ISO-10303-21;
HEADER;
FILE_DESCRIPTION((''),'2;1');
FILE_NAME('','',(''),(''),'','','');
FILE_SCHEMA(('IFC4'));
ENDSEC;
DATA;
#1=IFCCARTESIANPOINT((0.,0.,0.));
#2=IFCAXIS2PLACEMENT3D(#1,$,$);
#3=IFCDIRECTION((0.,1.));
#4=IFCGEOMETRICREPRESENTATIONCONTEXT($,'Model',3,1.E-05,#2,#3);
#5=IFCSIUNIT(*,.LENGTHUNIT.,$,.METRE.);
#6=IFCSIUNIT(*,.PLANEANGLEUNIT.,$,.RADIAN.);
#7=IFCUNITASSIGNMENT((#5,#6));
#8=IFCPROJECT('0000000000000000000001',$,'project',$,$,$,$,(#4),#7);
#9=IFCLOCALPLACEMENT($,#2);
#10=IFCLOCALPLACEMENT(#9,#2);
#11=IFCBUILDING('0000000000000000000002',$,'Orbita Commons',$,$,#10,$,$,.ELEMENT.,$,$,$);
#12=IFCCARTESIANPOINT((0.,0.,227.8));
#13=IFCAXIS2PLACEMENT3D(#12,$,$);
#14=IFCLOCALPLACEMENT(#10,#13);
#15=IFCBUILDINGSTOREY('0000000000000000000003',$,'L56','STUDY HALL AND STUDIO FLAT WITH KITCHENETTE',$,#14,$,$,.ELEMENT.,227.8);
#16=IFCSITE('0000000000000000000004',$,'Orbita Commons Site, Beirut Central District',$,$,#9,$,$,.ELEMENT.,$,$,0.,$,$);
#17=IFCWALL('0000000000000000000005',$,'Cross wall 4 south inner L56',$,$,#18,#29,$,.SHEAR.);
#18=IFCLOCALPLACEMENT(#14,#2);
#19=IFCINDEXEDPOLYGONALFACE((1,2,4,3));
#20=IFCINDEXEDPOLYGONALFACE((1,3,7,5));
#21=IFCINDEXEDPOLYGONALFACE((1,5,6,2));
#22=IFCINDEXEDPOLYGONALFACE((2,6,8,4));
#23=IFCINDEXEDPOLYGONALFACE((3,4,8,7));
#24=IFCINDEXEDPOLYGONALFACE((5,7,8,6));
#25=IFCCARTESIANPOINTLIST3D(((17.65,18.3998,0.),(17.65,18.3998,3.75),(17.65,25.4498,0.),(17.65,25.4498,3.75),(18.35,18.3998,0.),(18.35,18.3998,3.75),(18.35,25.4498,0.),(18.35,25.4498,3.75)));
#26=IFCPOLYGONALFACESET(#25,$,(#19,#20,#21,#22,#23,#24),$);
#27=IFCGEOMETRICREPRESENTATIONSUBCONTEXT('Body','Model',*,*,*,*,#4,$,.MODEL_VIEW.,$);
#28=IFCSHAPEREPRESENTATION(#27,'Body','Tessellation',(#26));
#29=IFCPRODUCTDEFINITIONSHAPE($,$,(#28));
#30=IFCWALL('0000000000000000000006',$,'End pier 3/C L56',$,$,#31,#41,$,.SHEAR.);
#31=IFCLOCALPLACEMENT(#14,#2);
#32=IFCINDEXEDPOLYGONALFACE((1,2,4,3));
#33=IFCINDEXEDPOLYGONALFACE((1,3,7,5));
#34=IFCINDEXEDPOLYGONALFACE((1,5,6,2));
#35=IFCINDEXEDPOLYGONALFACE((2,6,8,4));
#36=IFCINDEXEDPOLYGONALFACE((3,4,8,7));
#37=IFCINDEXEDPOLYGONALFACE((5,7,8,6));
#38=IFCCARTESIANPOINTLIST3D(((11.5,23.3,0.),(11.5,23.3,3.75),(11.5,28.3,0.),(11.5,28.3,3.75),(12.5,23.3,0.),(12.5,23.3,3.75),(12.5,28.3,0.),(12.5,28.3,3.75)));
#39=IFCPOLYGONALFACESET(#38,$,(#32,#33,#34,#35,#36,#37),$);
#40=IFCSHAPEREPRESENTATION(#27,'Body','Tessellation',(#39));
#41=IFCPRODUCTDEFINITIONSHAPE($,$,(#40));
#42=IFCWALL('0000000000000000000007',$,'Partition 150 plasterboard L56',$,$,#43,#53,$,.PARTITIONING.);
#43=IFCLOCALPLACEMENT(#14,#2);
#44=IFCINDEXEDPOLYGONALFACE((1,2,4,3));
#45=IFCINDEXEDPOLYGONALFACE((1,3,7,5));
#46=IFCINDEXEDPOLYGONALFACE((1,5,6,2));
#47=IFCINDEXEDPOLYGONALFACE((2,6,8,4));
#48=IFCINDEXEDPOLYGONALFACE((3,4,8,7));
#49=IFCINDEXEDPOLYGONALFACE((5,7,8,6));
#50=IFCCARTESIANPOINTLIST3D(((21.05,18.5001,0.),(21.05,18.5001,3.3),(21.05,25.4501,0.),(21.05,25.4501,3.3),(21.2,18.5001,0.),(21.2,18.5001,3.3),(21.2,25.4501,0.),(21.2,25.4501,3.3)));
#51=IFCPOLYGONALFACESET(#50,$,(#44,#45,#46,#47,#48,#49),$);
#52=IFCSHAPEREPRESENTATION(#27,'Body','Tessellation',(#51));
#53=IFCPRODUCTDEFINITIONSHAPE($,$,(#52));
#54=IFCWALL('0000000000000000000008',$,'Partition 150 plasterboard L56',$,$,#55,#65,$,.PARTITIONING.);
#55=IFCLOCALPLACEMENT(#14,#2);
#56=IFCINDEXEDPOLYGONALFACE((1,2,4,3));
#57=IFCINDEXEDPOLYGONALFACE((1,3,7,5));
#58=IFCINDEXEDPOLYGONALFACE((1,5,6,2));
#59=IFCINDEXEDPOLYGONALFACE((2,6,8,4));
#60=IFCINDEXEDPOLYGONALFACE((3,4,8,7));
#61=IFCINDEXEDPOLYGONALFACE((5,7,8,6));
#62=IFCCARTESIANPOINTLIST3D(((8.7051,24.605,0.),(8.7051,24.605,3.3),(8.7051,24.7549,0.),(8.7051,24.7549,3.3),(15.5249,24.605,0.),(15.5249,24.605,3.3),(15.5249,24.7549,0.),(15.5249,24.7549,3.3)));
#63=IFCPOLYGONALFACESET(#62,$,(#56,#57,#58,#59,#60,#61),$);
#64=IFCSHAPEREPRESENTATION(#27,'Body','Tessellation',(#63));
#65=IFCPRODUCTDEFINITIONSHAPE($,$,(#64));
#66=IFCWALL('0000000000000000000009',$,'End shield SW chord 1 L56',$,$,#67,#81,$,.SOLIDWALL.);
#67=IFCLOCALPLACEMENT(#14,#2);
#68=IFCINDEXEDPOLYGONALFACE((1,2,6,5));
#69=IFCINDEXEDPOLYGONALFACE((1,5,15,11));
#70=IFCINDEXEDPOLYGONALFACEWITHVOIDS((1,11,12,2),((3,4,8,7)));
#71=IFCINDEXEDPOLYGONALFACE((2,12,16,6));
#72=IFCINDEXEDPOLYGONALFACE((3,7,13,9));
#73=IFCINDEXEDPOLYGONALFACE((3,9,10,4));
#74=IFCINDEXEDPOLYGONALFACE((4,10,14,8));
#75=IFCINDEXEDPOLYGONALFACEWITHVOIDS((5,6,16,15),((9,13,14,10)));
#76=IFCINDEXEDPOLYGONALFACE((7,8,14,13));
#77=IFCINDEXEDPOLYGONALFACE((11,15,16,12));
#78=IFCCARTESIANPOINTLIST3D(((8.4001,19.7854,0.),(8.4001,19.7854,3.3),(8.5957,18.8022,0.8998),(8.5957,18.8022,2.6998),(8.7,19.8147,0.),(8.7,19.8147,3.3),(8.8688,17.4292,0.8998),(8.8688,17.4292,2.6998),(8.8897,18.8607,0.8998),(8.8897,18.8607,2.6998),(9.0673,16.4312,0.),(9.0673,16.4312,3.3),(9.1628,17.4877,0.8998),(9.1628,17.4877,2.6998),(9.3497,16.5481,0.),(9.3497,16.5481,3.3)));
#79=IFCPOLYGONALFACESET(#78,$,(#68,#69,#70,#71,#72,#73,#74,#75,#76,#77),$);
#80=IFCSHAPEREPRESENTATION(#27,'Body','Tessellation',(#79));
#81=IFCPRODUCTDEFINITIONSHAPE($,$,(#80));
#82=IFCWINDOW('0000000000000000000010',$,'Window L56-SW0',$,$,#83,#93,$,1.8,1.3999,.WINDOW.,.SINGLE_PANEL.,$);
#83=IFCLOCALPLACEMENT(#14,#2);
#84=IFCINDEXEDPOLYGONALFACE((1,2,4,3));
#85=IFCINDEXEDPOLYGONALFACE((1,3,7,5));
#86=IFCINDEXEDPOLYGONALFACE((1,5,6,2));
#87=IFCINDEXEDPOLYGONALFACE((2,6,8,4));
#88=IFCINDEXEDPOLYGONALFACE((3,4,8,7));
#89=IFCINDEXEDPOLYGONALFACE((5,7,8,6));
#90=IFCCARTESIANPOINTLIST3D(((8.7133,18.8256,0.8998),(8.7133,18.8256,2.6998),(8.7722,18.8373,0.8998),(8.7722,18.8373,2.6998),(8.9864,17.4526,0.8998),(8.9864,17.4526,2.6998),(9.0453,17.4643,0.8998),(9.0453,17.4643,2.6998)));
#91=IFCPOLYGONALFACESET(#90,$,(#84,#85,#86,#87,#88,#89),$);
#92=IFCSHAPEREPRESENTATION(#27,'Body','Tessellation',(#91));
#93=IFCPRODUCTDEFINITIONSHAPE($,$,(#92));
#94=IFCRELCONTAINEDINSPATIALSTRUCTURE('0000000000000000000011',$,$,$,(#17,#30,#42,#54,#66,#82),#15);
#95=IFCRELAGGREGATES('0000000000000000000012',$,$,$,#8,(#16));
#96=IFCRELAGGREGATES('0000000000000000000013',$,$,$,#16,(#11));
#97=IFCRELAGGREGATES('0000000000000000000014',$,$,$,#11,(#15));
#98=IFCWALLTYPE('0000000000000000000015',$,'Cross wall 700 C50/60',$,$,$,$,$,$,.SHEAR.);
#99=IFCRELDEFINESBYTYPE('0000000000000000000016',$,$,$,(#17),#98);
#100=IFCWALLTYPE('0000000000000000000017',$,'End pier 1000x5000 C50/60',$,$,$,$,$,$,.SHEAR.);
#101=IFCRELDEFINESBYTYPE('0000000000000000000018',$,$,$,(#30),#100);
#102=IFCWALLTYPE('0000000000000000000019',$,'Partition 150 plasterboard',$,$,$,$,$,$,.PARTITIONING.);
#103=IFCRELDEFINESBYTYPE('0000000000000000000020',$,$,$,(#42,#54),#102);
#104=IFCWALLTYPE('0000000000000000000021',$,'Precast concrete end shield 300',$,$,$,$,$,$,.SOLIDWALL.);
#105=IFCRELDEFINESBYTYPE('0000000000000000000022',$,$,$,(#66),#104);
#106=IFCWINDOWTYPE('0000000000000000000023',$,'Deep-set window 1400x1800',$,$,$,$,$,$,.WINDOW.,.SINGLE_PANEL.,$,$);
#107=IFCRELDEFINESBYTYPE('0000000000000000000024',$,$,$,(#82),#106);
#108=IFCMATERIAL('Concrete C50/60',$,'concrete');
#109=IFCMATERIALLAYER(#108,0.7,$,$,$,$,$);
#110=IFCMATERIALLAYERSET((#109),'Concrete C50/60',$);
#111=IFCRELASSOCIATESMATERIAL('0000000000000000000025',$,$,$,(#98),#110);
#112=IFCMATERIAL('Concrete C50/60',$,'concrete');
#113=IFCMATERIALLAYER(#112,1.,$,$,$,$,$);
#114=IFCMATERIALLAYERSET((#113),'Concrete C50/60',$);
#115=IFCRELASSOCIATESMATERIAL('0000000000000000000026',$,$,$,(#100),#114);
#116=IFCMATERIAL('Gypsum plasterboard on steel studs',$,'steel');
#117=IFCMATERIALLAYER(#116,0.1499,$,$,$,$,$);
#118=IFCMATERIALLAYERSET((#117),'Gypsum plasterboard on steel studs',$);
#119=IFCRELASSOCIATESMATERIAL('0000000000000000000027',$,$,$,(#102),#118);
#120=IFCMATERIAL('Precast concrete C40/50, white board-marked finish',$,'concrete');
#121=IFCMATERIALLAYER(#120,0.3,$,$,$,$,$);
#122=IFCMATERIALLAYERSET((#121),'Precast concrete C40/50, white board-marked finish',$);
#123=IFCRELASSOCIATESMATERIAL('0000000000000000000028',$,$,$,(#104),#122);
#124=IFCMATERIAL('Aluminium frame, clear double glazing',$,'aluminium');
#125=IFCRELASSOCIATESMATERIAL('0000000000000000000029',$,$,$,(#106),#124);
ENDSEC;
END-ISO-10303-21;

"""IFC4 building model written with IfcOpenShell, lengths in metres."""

from ifc_helpers import new_model, si_unit, direction, frame, frame_2d, origin, place, context, subcontext, project, spatial, polyline, rectangle, outline, extrude, material, layer, layer_set, type_object, element, fill, save


model = new_model("IFC4")

# Units and contexts
model_context = context("Model", 3, precision=1e-05, world=origin(), true_north=direction((0.0, 1.0)))
body_context = subcontext(model_context, "Body", "Model", "MODEL_VIEW")
ifc_project = project(units=[si_unit("LENGTHUNIT", "METRE"), si_unit("PLANEANGLEUNIT", "RADIAN")], contexts=[model_context])

# Site, building, storey
site_placement = place(None, origin())
site = spatial("IfcSite", under=ifc_project, at=site_placement, Name="Orbita Commons Site, Beirut Central District", CompositionType="ELEMENT", RefElevation=0.0)
building_placement = place(site_placement, origin())
building = spatial("IfcBuilding", under=site, at=building_placement, Name="Orbita Commons", CompositionType="ELEMENT")
storey_placement = place(building_placement, frame((0.0, 0.0, 227.8)))
storey = spatial("IfcBuildingStorey", under=building, at=storey_placement, Name="L56", Description="STUDY HALL AND STUDIO FLAT WITH KITCHENETTE", CompositionType="ELEMENT", Elevation=227.8)

# Walls
ifc_material_1 = material(Name="Concrete C50/60", Category="concrete")
ifc_layer_1 = layer(ifc_material_1, 0.7)
ifc_layer_set_1 = layer_set([ifc_layer_1], Name="Concrete C50/60")
wall_type_1 = type_object("IfcWallType", Name="Cross wall 700 C50/60", PredefinedType="SHEAR", material=ifc_layer_set_1)
wall_1_placement = place(storey_placement, frame((18.0, 18.3999, 0.0), z_axis=(0.0, 0.0, 1.0), x_axis=(0.0, 1.0, 0.0)))
element("IfcWall", 1, at=wall_1_placement, inside=storey, type_object=wall_type_1, Name="Cross wall 4 south inner L56", PredefinedType="SHEAR", context=body_context, shape_type="SweptSolid", body=[
    extrude(rectangle(XDim=7.05, YDim=0.7, at=frame_2d((3.5249, 0.0))), origin(), (0.0, 0.0, 1.0), 3.75),
])
ifc_material_2 = material(Name="Concrete C50/60", Category="concrete")
ifc_layer_2 = layer(ifc_material_2, 1.0)
ifc_layer_set_2 = layer_set([ifc_layer_2], Name="Concrete C50/60")
wall_type_2 = type_object("IfcWallType", Name="End pier 1000x5000 C50/60", PredefinedType="SHEAR", material=ifc_layer_set_2)
wall_2_placement = place(storey_placement, frame((12.0, 23.3, 0.0), z_axis=(0.0, 0.0, 1.0), x_axis=(0.0, 1.0, 0.0)))
element("IfcWall", 2, at=wall_2_placement, inside=storey, type_object=wall_type_2, Name="End pier 3/C L56", PredefinedType="SHEAR", context=body_context, shape_type="SweptSolid", body=[
    extrude(rectangle(XDim=5.0, YDim=1.0, at=frame_2d((2.5, 0.0))), origin(), (0.0, 0.0, 1.0), 3.75),
])
ifc_material_3 = material(Name="Gypsum plasterboard on steel studs", Category="steel")
ifc_layer_3 = layer(ifc_material_3, 0.1499)
ifc_layer_set_3 = layer_set([ifc_layer_3], Name="Gypsum plasterboard on steel studs")
wall_type_3 = type_object("IfcWallType", Name="Partition 150 plasterboard", PredefinedType="PARTITIONING", material=ifc_layer_set_3)
wall_3_placement = place(storey_placement, frame((21.125, 18.5, 0.0), z_axis=(0.0, 0.0, 1.0), x_axis=(0.0, 1.0, 0.0)))
element("IfcWall", 3, at=wall_3_placement, inside=storey, type_object=wall_type_3, Name="Partition 150 plasterboard L56", PredefinedType="PARTITIONING", context=body_context, shape_type="SweptSolid", body=[
    extrude(rectangle(XDim=6.95, YDim=0.1499, at=frame_2d((3.4751, 0.0))), origin(), (0.0, 0.0, 1.0), 3.3),
])
wall_4_placement = place(storey_placement, frame((8.7051, 24.6799, 0.0), z_axis=(0.0, 0.0, 1.0), x_axis=(1.0, 0.0, 0.0)))
element("IfcWall", 4, at=wall_4_placement, inside=storey, type_object=wall_type_3, Name="Partition 150 plasterboard L56", PredefinedType="PARTITIONING", context=body_context, shape_type="SweptSolid", body=[
    extrude(rectangle(XDim=6.8198, YDim=0.1499, at=frame_2d((3.4099, 0.0))), origin(), (0.0, 0.0, 1.0), 3.3),
])

# Wall, opening, window
ifc_material_4 = material(Name="Precast concrete C40/50, white board-marked finish", Category="concrete")
ifc_layer_4 = layer(ifc_material_4, 0.3)
ifc_layer_set_4 = layer_set([ifc_layer_4], Name="Precast concrete C40/50, white board-marked finish")
wall_type_4 = type_object("IfcWallType", Name="Precast concrete end shield 300", PredefinedType="SOLIDWALL", material=ifc_layer_set_4)
wall_5_placement = place(storey_placement, frame((8.55, 19.8, 0.0), z_axis=(0.0, 0.0, 1.0), x_axis=(0.195087, -0.980786, 0.0)))
wall_5 = element("IfcWall", 5, at=wall_5_placement, inside=storey, type_object=wall_type_4, Name="End shield SW chord 1 L56", PredefinedType="SOLIDWALL", context=body_context, shape_type="SweptSolid", body=[
    extrude(outline(polyline([(-0.0149, -0.1499), (3.405, -0.1499), (3.3455, 0.1499), (0.0149, 0.1499), (-0.0149, -0.1499)])), origin(), (0.0, 0.0, 1.0), 3.3),
])
opening_1_placement = place(wall_5_placement, frame((0.9875, 0.0, 0.8999)))
opening_1 = element("IfcOpeningElement", 6, at=opening_1_placement, cuts=wall_5, PredefinedType="OPENING", context=body_context, shape_type="SweptSolid", body=[
    extrude(rectangle(XDim=1.3999, YDim=1.8, at=frame_2d((0.7, 0.8999))), frame((0.0, 0.1599, 0.0), z_axis=(0.0, -1.0, 0.0), x_axis=(1.0, 0.0, 0.0)), (0.0, 0.0, 1.0), 0.3201),
])
ifc_material_5 = material(Name="Aluminium frame, clear double glazing", Category="aluminium")
window_type = type_object("IfcWindowType", Name="Deep-set window 1400x1800", PartitioningType="SINGLE_PANEL", PredefinedType="WINDOW", material=ifc_material_5)
window_placement = place(opening_1_placement, origin())
window = element("IfcWindow", 7, at=window_placement, inside=storey, type_object=window_type, Name="Window L56-SW0", OverallHeight=1.8, OverallWidth=1.3999, PartitioningType="SINGLE_PANEL", PredefinedType="WINDOW", context=body_context, shape_type="SweptSolid", body=[
    extrude(rectangle(XDim=1.3999, YDim=1.8, at=frame_2d((0.7, 0.8999))), frame((0.0, 0.03, 0.0), z_axis=(0.0, -1.0, 0.0), x_axis=(1.0, 0.0, 0.0)), (0.0, 0.0, 1.0), 0.0601),
])
fill(opening_1, window)

save(model, "model.ifc")
